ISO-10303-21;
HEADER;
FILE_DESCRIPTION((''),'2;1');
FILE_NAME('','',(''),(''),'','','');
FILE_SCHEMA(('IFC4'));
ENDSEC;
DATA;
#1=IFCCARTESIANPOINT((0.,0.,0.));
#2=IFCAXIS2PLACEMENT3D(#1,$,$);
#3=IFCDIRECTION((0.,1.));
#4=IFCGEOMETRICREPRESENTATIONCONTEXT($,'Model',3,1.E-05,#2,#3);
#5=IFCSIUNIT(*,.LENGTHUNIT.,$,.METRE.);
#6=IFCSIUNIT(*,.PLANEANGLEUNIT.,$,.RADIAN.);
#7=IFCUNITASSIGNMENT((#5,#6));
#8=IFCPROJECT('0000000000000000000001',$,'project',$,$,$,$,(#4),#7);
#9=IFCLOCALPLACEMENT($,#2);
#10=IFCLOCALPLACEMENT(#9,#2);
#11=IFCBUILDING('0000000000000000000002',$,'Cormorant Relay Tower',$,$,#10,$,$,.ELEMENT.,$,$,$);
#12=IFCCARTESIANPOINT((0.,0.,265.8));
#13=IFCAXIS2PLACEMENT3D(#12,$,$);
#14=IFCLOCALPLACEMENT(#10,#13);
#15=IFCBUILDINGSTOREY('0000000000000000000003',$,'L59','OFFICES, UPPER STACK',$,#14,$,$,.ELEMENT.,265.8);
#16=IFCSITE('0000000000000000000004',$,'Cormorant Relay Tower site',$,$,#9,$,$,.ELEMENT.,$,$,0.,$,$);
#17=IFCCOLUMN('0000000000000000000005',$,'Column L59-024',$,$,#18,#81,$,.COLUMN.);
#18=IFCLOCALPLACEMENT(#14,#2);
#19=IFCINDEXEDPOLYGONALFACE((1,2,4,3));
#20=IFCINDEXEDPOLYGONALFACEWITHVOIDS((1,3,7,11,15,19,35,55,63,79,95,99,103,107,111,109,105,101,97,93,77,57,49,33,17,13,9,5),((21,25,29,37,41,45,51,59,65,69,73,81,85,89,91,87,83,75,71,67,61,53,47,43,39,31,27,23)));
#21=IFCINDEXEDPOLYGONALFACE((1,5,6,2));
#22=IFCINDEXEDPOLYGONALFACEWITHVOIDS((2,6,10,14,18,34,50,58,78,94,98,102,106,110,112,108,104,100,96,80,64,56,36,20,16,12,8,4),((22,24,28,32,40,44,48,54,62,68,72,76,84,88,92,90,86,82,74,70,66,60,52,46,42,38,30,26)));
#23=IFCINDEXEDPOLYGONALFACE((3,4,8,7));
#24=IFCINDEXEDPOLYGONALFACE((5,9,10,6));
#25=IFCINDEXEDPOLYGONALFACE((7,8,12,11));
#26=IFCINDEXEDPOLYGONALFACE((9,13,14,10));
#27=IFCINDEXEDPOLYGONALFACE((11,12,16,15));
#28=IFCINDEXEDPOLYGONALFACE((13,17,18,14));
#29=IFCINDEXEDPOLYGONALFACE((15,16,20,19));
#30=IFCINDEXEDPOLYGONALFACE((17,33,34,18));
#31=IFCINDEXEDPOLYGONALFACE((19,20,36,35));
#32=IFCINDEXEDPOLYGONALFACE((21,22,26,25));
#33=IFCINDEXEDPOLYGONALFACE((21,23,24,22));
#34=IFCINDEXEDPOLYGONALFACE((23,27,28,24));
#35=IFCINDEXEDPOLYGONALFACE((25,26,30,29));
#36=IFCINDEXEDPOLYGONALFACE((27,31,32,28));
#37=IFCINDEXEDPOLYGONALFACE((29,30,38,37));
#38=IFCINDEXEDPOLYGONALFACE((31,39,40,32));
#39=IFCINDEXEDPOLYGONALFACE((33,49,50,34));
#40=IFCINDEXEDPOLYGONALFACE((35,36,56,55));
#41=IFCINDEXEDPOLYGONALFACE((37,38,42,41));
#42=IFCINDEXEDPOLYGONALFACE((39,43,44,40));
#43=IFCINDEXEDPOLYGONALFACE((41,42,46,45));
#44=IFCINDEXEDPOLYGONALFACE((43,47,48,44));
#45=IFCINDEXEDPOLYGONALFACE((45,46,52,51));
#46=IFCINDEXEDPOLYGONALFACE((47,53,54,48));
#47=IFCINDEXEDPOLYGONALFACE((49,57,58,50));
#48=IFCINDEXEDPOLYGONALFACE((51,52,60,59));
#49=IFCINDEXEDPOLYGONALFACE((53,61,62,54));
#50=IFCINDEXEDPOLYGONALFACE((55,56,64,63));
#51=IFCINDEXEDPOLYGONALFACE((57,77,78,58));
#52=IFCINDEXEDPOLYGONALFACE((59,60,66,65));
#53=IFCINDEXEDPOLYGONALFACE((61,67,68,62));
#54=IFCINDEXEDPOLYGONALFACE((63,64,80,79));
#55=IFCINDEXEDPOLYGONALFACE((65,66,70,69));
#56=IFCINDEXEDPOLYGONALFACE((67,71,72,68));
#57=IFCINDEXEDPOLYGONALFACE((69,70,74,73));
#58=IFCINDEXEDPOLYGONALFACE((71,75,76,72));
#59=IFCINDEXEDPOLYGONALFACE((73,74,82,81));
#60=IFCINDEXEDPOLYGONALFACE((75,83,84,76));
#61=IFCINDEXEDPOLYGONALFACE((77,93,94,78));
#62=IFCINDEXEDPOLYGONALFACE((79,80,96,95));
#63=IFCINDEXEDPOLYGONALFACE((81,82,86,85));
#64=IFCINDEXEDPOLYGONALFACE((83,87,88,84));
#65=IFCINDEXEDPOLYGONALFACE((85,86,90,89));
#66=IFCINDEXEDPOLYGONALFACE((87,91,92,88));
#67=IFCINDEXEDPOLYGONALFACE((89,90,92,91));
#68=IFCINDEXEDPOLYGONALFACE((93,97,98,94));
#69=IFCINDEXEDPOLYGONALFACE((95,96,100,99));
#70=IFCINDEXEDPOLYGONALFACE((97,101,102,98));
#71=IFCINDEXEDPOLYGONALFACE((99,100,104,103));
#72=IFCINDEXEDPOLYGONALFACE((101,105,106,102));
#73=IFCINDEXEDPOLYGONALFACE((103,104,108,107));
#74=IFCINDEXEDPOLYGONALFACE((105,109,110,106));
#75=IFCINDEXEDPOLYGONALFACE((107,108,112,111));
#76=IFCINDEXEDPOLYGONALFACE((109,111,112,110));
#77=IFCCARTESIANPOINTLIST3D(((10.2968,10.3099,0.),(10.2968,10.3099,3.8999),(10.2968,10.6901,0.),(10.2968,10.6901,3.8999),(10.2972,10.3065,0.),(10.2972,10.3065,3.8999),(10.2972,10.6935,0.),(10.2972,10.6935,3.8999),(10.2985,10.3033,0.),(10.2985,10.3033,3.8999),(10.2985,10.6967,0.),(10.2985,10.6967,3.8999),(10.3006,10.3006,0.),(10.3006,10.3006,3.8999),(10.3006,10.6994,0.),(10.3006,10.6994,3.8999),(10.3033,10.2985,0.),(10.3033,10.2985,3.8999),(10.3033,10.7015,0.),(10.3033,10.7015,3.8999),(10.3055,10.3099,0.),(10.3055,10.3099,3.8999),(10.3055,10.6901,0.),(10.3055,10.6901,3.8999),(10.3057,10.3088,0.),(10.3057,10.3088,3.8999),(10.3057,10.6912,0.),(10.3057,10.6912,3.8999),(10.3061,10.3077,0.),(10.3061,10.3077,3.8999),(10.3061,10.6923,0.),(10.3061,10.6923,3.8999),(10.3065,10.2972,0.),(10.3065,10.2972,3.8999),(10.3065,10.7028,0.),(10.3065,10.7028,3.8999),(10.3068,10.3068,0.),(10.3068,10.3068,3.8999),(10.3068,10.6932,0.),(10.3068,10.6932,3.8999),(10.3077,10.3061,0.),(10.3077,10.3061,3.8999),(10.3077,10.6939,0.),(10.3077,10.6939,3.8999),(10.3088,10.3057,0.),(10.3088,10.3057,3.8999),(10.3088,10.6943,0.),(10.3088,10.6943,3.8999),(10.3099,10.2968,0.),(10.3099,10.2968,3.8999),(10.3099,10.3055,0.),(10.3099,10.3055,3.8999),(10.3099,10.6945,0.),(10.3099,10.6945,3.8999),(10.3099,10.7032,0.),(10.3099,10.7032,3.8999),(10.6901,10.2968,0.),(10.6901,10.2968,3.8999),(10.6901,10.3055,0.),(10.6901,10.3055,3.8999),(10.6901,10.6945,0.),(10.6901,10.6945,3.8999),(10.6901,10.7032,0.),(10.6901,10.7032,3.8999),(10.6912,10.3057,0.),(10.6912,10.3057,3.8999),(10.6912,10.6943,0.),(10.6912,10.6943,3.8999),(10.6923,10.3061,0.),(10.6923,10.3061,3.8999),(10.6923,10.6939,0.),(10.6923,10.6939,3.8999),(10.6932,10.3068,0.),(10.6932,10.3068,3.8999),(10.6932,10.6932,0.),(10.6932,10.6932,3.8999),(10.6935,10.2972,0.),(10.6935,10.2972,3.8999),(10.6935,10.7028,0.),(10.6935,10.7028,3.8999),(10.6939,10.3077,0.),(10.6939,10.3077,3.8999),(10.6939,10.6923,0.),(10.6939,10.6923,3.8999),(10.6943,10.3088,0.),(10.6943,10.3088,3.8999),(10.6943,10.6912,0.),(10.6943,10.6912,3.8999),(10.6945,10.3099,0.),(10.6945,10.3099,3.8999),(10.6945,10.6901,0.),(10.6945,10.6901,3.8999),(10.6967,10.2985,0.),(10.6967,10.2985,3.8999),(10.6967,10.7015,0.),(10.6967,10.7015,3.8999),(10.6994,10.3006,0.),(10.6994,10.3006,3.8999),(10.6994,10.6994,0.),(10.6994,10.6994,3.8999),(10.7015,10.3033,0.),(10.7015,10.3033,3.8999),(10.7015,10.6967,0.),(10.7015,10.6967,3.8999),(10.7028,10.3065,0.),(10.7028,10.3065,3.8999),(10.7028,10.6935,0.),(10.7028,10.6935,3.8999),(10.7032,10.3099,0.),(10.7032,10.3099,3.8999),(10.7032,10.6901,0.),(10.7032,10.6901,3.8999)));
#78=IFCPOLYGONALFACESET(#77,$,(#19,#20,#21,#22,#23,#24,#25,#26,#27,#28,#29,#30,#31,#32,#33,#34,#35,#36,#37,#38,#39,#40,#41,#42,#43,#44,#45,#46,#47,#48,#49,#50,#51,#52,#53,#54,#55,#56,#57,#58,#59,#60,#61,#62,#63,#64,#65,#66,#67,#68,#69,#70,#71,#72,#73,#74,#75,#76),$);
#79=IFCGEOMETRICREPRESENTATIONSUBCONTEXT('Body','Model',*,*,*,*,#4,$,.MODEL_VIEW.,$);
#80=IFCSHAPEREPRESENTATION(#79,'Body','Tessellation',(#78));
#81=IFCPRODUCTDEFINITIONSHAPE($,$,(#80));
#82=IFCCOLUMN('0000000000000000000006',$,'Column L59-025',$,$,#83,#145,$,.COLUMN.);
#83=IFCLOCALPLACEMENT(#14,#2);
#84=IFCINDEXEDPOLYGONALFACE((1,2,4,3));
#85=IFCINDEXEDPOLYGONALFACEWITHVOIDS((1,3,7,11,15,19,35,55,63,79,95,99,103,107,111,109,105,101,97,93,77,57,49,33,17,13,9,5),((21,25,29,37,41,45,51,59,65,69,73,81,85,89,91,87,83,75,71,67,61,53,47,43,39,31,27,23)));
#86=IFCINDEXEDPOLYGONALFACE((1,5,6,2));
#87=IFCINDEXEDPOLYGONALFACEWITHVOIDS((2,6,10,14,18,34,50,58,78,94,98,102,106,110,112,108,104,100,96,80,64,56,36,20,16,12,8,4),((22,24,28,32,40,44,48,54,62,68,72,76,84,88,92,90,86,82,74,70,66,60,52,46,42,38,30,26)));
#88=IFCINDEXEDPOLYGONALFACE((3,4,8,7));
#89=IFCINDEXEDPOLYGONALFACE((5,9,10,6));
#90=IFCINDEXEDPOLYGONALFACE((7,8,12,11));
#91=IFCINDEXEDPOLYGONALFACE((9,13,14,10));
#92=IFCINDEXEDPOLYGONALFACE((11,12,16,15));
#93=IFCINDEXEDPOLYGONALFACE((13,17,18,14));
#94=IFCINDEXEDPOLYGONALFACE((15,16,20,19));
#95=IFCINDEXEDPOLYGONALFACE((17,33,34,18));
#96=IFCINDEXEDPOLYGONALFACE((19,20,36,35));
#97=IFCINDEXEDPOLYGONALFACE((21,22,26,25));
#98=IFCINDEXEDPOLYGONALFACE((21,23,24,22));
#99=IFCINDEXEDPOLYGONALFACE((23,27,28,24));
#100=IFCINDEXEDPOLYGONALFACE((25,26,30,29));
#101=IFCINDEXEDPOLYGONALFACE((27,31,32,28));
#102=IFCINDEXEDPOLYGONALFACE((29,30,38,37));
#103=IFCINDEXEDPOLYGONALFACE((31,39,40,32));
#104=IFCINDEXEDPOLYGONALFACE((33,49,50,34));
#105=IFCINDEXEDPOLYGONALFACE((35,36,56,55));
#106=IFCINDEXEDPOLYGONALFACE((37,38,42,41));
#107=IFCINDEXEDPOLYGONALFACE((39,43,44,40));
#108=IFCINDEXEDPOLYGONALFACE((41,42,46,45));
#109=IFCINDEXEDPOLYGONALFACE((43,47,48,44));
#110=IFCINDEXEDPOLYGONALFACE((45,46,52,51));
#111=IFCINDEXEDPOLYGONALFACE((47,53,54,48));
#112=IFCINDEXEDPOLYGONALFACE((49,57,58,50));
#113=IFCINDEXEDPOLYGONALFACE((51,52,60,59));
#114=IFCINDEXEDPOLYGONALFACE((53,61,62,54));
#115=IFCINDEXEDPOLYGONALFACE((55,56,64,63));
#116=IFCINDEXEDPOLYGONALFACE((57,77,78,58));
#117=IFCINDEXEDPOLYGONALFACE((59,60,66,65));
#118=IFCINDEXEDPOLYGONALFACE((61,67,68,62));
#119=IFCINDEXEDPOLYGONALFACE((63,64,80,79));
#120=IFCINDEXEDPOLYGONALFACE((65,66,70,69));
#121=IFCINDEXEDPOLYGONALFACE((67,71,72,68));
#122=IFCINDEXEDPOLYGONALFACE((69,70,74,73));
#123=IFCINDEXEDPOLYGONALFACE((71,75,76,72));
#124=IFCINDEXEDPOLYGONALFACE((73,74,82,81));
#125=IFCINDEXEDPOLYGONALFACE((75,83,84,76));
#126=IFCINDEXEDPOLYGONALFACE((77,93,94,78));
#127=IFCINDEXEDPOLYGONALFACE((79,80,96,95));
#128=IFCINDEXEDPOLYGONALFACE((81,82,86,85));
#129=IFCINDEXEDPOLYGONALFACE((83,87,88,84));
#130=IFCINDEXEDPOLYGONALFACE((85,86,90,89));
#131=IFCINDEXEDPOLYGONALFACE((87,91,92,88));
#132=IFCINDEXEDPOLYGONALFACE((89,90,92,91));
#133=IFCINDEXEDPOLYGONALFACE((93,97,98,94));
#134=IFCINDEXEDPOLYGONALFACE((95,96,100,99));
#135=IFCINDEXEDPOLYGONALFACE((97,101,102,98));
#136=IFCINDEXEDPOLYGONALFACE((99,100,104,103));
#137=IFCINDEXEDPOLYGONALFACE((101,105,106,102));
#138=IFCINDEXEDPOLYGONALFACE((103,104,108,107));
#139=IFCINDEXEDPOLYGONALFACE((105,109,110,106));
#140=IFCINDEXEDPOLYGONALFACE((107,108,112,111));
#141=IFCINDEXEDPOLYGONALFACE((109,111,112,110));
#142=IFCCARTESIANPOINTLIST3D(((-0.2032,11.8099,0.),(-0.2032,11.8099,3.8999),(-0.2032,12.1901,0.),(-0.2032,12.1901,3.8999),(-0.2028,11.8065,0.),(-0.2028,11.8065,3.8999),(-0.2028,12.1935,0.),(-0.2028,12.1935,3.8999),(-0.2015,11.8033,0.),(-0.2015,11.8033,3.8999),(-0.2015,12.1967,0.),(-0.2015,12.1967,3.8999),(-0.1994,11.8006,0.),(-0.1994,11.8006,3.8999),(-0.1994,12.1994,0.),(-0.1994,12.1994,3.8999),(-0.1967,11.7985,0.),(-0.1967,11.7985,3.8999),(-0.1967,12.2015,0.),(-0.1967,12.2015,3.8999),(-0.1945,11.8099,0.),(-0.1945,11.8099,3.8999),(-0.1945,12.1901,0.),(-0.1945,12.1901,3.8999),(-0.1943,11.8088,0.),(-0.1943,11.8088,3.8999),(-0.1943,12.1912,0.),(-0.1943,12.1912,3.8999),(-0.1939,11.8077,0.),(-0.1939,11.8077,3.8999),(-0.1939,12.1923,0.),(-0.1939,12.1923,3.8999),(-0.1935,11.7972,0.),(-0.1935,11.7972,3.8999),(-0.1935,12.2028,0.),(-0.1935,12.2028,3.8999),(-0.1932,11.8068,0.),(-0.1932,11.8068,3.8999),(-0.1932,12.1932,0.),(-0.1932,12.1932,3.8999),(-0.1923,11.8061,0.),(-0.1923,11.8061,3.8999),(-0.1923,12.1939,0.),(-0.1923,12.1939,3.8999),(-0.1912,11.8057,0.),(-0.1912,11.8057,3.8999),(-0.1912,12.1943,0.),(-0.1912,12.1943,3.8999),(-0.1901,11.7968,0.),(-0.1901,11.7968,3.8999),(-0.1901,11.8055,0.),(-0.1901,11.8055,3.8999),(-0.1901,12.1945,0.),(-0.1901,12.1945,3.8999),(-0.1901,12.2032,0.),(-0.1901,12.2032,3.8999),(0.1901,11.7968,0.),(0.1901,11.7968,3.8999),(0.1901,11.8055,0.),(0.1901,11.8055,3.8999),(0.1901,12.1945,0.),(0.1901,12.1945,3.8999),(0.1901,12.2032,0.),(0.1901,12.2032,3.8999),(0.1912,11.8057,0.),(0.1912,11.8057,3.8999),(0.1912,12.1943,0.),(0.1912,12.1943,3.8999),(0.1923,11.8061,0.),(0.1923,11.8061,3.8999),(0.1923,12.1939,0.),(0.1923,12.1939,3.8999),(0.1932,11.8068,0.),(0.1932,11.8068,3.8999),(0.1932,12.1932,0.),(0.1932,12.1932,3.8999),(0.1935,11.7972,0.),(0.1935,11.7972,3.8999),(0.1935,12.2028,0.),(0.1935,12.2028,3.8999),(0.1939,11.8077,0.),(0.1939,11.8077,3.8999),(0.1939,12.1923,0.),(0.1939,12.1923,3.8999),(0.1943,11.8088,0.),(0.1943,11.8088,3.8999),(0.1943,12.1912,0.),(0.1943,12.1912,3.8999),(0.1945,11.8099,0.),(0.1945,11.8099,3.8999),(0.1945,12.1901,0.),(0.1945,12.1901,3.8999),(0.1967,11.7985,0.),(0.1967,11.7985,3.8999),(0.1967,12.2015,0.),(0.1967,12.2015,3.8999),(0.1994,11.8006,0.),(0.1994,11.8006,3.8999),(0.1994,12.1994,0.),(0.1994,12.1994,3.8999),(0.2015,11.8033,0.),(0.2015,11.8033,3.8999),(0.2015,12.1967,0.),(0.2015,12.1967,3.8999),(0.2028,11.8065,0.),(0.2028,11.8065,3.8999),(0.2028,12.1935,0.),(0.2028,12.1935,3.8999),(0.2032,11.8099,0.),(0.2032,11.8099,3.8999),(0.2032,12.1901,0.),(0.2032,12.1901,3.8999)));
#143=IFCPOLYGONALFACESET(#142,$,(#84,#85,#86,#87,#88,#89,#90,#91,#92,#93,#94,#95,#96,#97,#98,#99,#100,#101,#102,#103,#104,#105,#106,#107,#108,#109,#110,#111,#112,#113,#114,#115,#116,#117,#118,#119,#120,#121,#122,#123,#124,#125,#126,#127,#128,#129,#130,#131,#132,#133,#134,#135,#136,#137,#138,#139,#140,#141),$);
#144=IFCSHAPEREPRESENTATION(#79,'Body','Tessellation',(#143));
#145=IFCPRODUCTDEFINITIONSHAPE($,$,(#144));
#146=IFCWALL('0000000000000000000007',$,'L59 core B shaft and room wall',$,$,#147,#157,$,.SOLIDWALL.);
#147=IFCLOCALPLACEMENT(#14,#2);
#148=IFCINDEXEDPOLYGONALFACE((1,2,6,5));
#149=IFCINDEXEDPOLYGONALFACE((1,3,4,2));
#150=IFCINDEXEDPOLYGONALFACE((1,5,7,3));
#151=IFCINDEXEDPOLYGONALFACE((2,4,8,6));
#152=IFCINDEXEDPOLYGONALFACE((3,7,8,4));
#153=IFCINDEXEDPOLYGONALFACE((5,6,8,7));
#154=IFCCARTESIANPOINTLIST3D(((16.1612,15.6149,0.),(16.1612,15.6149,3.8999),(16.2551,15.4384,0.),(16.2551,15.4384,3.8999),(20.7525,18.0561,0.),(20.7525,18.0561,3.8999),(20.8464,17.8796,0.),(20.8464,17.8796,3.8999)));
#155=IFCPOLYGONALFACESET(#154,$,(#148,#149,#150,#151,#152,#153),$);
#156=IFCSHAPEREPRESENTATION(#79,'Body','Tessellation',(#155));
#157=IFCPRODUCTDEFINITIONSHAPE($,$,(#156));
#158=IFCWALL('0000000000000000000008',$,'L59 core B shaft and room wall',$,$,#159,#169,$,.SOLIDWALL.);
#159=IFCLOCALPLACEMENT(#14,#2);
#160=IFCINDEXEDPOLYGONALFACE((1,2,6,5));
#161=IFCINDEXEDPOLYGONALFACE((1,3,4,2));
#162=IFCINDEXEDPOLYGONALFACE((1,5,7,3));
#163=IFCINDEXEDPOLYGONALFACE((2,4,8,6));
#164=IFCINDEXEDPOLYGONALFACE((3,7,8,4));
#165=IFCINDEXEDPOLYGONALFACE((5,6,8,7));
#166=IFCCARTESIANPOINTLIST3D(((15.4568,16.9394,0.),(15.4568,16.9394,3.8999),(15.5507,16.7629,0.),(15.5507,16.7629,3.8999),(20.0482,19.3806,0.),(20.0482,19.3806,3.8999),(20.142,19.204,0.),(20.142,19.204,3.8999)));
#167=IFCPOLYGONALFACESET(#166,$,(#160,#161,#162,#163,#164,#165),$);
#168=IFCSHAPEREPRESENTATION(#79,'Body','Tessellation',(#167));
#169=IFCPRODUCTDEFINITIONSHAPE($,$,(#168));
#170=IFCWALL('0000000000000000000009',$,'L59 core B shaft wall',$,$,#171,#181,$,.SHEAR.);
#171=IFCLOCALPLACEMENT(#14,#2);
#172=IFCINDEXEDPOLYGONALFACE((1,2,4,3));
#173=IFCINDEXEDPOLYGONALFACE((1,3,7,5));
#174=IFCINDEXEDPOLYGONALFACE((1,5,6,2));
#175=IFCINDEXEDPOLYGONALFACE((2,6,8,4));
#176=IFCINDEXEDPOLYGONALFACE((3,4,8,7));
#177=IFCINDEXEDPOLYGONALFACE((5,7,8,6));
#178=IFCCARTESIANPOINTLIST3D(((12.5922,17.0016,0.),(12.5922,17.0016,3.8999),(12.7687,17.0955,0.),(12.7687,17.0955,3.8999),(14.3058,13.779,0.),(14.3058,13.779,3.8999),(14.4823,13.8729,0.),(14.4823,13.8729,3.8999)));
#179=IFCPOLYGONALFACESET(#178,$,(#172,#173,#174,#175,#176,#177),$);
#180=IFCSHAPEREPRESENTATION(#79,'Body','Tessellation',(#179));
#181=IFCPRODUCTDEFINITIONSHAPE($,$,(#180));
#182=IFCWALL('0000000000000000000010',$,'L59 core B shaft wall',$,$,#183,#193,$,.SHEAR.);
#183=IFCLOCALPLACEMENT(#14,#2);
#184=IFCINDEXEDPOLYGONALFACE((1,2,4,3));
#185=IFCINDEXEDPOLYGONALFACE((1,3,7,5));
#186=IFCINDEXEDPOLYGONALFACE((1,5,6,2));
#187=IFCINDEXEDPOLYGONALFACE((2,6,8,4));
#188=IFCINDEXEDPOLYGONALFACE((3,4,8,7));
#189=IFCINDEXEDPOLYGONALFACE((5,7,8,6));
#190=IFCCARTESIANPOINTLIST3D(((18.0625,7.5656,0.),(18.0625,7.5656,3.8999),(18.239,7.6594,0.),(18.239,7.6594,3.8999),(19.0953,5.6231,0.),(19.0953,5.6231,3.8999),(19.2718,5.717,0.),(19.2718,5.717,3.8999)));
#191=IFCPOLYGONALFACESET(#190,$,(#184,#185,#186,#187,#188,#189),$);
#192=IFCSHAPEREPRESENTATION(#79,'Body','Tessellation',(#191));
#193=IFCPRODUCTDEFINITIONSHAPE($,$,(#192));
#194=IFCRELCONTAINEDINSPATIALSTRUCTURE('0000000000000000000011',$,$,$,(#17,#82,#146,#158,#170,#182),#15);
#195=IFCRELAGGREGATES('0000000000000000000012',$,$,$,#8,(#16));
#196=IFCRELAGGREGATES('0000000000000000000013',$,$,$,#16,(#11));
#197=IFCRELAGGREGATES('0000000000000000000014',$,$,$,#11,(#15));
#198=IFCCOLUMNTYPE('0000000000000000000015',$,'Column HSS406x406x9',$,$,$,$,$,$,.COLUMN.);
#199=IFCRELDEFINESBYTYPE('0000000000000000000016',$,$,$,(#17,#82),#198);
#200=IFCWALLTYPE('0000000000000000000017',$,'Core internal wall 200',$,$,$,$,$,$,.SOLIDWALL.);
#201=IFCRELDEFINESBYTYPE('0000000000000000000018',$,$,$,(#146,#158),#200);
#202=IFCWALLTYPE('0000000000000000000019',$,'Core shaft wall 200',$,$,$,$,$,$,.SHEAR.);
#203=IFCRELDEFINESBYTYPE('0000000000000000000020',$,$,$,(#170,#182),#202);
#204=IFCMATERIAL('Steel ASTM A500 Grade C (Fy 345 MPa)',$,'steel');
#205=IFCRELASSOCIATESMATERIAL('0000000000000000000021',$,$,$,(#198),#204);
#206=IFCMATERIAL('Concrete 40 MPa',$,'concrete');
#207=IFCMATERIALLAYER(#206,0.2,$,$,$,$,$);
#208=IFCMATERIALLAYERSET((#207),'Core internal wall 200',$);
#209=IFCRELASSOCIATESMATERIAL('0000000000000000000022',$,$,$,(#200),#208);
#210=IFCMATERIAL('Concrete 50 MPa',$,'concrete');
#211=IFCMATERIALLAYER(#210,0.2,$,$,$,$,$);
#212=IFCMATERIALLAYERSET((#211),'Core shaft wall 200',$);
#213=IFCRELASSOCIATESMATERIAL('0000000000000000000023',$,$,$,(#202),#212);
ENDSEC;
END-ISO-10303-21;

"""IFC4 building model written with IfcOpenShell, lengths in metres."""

from ifc_helpers import new_model, si_unit, direction, frame, frame_2d, origin, origin_2d, place, context, subcontext, project, spatial, rectangle, hollow_rectangle, extrude, material, layer, layer_set, material_profile, profile_set, type_object, element, save


model = new_model("IFC4")

# Units and contexts
model_context = context("Model", 3, precision=1e-05, world=origin(), true_north=direction((0.0, 1.0)))
body_context = subcontext(model_context, "Body", "Model", "MODEL_VIEW")
ifc_project = project(units=[si_unit("LENGTHUNIT", "METRE"), si_unit("PLANEANGLEUNIT", "RADIAN")], contexts=[model_context])

# Site, building, storey
site_placement = place(None, origin())
site = spatial("IfcSite", under=ifc_project, at=site_placement, Name="Cormorant Relay Tower site", CompositionType="ELEMENT", RefElevation=0.0)
building_placement = place(site_placement, origin())
building = spatial("IfcBuilding", under=site, at=building_placement, Name="Cormorant Relay Tower", CompositionType="ELEMENT")
storey_placement = place(building_placement, frame((0.0, 0.0, 265.8)))
storey = spatial("IfcBuildingStorey", under=building, at=storey_placement, Name="L59", Description="OFFICES, UPPER STACK", CompositionType="ELEMENT", Elevation=265.8)

# Columns
ifc_material_1 = material(Name="Steel ASTM A500 Grade C (Fy 345 MPa)", Category="steel")
ifc_material_profile = material_profile(ifc_material_1, hollow_rectangle(XDim=0.4065, YDim=0.4065, WallThickness=0.0088, InnerFilletRadius=0.0044, OuterFilletRadius=0.0132, at=origin_2d()), Name="HSS406x406x9")
ifc_profile_set = profile_set([ifc_material_profile], Name="Steel ASTM A500 Grade C (Fy 345 MPa)")
column_type = type_object("IfcColumnType", Name="Column HSS406x406x9", PredefinedType="COLUMN", material=ifc_profile_set)
for number, where, z_axis, x_axis, name in (
    (1, (10.5, 10.5, 0.0), (0.0, 0.0, 1.0), (1.0, 0.0, 0.0), "Column L59-024"),
    (2, (0.0, 12.0, 0.0), (0.0, 0.0, 1.0), (1.0, 0.0, 0.0), "Column L59-025"),
):
    element("IfcColumn", number, at=place(storey_placement, frame(where, z_axis=z_axis, x_axis=x_axis)), inside=storey, type_object=column_type, Name=name, PredefinedType="COLUMN", context=body_context, shape_type="SweptSolid", body=[
        extrude(hollow_rectangle(XDim=0.4065, YDim=0.4065, WallThickness=0.0088, InnerFilletRadius=0.0044, OuterFilletRadius=0.0132, at=origin_2d()), origin(), (0.0, 0.0, 1.0), 3.8999),
    ])

# Walls
ifc_material_2 = material(Name="Concrete 40 MPa", Category="concrete")
ifc_layer_1 = layer(ifc_material_2, 0.2)
ifc_layer_set_1 = layer_set([ifc_layer_1], Name="Core internal wall 200")
wall_type_1 = type_object("IfcWallType", Name="Core internal wall 200", PredefinedType="SOLIDWALL", material=ifc_layer_set_1)
for number, where, z_axis, x_axis, name in (
    (3, (16.208, 15.5266, 0.0), (0.0, 0.0, 1.0), (0.882954, 0.46946, 0.0), "L59 core B shaft and room wall"),
    (4, (15.5037, 16.8511, 0.0), (0.0, 0.0, 1.0), (0.882954, 0.46946, 0.0), "L59 core B shaft and room wall"),
):
    element("IfcWall", number, at=place(storey_placement, frame(where, z_axis=z_axis, x_axis=x_axis)), inside=storey, type_object=wall_type_1, Name=name, PredefinedType="SOLIDWALL", context=body_context, shape_type="SweptSolid", body=[
        extrude(rectangle(XDim=5.2, YDim=0.2, at=frame_2d((2.6001, 0.0))), origin(), (0.0, 0.0, 1.0), 3.8999),
    ])
ifc_material_3 = material(Name="Concrete 50 MPa", Category="concrete")
ifc_layer_2 = layer(ifc_material_3, 0.2)
ifc_layer_set_2 = layer_set([ifc_layer_2], Name="Core shaft wall 200")
wall_type_2 = type_object("IfcWallType", Name="Core shaft wall 200", PredefinedType="SHEAR", material=ifc_layer_set_2)
wall_1_placement = place(storey_placement, frame((14.394, 13.8259, 0.0), z_axis=(0.0, 0.0, 1.0), x_axis=(-0.469494, 0.882936, 0.0)))
element("IfcWall", 5, at=wall_1_placement, inside=storey, type_object=wall_type_2, Name="L59 core B shaft wall", PredefinedType="SHEAR", context=body_context, shape_type="SweptSolid", body=[
    extrude(rectangle(XDim=3.6499, YDim=0.2, at=frame_2d((1.825, 0.0))), origin(), (0.0, 0.0, 1.0), 3.8999),
])
wall_2_placement = place(storey_placement, frame((19.1836, 5.6699, 0.0), z_axis=(0.0, 0.0, 1.0), x_axis=(-0.469447, 0.88296, 0.0)))
element("IfcWall", 6, at=wall_2_placement, inside=storey, type_object=wall_type_2, Name="L59 core B shaft wall", PredefinedType="SHEAR", context=body_context, shape_type="SweptSolid", body=[
    extrude(rectangle(XDim=2.2, YDim=0.2, at=frame_2d((1.1001, 0.0))), origin(), (0.0, 0.0, 1.0), 3.8999),
])

save(model, "model.ifc")
